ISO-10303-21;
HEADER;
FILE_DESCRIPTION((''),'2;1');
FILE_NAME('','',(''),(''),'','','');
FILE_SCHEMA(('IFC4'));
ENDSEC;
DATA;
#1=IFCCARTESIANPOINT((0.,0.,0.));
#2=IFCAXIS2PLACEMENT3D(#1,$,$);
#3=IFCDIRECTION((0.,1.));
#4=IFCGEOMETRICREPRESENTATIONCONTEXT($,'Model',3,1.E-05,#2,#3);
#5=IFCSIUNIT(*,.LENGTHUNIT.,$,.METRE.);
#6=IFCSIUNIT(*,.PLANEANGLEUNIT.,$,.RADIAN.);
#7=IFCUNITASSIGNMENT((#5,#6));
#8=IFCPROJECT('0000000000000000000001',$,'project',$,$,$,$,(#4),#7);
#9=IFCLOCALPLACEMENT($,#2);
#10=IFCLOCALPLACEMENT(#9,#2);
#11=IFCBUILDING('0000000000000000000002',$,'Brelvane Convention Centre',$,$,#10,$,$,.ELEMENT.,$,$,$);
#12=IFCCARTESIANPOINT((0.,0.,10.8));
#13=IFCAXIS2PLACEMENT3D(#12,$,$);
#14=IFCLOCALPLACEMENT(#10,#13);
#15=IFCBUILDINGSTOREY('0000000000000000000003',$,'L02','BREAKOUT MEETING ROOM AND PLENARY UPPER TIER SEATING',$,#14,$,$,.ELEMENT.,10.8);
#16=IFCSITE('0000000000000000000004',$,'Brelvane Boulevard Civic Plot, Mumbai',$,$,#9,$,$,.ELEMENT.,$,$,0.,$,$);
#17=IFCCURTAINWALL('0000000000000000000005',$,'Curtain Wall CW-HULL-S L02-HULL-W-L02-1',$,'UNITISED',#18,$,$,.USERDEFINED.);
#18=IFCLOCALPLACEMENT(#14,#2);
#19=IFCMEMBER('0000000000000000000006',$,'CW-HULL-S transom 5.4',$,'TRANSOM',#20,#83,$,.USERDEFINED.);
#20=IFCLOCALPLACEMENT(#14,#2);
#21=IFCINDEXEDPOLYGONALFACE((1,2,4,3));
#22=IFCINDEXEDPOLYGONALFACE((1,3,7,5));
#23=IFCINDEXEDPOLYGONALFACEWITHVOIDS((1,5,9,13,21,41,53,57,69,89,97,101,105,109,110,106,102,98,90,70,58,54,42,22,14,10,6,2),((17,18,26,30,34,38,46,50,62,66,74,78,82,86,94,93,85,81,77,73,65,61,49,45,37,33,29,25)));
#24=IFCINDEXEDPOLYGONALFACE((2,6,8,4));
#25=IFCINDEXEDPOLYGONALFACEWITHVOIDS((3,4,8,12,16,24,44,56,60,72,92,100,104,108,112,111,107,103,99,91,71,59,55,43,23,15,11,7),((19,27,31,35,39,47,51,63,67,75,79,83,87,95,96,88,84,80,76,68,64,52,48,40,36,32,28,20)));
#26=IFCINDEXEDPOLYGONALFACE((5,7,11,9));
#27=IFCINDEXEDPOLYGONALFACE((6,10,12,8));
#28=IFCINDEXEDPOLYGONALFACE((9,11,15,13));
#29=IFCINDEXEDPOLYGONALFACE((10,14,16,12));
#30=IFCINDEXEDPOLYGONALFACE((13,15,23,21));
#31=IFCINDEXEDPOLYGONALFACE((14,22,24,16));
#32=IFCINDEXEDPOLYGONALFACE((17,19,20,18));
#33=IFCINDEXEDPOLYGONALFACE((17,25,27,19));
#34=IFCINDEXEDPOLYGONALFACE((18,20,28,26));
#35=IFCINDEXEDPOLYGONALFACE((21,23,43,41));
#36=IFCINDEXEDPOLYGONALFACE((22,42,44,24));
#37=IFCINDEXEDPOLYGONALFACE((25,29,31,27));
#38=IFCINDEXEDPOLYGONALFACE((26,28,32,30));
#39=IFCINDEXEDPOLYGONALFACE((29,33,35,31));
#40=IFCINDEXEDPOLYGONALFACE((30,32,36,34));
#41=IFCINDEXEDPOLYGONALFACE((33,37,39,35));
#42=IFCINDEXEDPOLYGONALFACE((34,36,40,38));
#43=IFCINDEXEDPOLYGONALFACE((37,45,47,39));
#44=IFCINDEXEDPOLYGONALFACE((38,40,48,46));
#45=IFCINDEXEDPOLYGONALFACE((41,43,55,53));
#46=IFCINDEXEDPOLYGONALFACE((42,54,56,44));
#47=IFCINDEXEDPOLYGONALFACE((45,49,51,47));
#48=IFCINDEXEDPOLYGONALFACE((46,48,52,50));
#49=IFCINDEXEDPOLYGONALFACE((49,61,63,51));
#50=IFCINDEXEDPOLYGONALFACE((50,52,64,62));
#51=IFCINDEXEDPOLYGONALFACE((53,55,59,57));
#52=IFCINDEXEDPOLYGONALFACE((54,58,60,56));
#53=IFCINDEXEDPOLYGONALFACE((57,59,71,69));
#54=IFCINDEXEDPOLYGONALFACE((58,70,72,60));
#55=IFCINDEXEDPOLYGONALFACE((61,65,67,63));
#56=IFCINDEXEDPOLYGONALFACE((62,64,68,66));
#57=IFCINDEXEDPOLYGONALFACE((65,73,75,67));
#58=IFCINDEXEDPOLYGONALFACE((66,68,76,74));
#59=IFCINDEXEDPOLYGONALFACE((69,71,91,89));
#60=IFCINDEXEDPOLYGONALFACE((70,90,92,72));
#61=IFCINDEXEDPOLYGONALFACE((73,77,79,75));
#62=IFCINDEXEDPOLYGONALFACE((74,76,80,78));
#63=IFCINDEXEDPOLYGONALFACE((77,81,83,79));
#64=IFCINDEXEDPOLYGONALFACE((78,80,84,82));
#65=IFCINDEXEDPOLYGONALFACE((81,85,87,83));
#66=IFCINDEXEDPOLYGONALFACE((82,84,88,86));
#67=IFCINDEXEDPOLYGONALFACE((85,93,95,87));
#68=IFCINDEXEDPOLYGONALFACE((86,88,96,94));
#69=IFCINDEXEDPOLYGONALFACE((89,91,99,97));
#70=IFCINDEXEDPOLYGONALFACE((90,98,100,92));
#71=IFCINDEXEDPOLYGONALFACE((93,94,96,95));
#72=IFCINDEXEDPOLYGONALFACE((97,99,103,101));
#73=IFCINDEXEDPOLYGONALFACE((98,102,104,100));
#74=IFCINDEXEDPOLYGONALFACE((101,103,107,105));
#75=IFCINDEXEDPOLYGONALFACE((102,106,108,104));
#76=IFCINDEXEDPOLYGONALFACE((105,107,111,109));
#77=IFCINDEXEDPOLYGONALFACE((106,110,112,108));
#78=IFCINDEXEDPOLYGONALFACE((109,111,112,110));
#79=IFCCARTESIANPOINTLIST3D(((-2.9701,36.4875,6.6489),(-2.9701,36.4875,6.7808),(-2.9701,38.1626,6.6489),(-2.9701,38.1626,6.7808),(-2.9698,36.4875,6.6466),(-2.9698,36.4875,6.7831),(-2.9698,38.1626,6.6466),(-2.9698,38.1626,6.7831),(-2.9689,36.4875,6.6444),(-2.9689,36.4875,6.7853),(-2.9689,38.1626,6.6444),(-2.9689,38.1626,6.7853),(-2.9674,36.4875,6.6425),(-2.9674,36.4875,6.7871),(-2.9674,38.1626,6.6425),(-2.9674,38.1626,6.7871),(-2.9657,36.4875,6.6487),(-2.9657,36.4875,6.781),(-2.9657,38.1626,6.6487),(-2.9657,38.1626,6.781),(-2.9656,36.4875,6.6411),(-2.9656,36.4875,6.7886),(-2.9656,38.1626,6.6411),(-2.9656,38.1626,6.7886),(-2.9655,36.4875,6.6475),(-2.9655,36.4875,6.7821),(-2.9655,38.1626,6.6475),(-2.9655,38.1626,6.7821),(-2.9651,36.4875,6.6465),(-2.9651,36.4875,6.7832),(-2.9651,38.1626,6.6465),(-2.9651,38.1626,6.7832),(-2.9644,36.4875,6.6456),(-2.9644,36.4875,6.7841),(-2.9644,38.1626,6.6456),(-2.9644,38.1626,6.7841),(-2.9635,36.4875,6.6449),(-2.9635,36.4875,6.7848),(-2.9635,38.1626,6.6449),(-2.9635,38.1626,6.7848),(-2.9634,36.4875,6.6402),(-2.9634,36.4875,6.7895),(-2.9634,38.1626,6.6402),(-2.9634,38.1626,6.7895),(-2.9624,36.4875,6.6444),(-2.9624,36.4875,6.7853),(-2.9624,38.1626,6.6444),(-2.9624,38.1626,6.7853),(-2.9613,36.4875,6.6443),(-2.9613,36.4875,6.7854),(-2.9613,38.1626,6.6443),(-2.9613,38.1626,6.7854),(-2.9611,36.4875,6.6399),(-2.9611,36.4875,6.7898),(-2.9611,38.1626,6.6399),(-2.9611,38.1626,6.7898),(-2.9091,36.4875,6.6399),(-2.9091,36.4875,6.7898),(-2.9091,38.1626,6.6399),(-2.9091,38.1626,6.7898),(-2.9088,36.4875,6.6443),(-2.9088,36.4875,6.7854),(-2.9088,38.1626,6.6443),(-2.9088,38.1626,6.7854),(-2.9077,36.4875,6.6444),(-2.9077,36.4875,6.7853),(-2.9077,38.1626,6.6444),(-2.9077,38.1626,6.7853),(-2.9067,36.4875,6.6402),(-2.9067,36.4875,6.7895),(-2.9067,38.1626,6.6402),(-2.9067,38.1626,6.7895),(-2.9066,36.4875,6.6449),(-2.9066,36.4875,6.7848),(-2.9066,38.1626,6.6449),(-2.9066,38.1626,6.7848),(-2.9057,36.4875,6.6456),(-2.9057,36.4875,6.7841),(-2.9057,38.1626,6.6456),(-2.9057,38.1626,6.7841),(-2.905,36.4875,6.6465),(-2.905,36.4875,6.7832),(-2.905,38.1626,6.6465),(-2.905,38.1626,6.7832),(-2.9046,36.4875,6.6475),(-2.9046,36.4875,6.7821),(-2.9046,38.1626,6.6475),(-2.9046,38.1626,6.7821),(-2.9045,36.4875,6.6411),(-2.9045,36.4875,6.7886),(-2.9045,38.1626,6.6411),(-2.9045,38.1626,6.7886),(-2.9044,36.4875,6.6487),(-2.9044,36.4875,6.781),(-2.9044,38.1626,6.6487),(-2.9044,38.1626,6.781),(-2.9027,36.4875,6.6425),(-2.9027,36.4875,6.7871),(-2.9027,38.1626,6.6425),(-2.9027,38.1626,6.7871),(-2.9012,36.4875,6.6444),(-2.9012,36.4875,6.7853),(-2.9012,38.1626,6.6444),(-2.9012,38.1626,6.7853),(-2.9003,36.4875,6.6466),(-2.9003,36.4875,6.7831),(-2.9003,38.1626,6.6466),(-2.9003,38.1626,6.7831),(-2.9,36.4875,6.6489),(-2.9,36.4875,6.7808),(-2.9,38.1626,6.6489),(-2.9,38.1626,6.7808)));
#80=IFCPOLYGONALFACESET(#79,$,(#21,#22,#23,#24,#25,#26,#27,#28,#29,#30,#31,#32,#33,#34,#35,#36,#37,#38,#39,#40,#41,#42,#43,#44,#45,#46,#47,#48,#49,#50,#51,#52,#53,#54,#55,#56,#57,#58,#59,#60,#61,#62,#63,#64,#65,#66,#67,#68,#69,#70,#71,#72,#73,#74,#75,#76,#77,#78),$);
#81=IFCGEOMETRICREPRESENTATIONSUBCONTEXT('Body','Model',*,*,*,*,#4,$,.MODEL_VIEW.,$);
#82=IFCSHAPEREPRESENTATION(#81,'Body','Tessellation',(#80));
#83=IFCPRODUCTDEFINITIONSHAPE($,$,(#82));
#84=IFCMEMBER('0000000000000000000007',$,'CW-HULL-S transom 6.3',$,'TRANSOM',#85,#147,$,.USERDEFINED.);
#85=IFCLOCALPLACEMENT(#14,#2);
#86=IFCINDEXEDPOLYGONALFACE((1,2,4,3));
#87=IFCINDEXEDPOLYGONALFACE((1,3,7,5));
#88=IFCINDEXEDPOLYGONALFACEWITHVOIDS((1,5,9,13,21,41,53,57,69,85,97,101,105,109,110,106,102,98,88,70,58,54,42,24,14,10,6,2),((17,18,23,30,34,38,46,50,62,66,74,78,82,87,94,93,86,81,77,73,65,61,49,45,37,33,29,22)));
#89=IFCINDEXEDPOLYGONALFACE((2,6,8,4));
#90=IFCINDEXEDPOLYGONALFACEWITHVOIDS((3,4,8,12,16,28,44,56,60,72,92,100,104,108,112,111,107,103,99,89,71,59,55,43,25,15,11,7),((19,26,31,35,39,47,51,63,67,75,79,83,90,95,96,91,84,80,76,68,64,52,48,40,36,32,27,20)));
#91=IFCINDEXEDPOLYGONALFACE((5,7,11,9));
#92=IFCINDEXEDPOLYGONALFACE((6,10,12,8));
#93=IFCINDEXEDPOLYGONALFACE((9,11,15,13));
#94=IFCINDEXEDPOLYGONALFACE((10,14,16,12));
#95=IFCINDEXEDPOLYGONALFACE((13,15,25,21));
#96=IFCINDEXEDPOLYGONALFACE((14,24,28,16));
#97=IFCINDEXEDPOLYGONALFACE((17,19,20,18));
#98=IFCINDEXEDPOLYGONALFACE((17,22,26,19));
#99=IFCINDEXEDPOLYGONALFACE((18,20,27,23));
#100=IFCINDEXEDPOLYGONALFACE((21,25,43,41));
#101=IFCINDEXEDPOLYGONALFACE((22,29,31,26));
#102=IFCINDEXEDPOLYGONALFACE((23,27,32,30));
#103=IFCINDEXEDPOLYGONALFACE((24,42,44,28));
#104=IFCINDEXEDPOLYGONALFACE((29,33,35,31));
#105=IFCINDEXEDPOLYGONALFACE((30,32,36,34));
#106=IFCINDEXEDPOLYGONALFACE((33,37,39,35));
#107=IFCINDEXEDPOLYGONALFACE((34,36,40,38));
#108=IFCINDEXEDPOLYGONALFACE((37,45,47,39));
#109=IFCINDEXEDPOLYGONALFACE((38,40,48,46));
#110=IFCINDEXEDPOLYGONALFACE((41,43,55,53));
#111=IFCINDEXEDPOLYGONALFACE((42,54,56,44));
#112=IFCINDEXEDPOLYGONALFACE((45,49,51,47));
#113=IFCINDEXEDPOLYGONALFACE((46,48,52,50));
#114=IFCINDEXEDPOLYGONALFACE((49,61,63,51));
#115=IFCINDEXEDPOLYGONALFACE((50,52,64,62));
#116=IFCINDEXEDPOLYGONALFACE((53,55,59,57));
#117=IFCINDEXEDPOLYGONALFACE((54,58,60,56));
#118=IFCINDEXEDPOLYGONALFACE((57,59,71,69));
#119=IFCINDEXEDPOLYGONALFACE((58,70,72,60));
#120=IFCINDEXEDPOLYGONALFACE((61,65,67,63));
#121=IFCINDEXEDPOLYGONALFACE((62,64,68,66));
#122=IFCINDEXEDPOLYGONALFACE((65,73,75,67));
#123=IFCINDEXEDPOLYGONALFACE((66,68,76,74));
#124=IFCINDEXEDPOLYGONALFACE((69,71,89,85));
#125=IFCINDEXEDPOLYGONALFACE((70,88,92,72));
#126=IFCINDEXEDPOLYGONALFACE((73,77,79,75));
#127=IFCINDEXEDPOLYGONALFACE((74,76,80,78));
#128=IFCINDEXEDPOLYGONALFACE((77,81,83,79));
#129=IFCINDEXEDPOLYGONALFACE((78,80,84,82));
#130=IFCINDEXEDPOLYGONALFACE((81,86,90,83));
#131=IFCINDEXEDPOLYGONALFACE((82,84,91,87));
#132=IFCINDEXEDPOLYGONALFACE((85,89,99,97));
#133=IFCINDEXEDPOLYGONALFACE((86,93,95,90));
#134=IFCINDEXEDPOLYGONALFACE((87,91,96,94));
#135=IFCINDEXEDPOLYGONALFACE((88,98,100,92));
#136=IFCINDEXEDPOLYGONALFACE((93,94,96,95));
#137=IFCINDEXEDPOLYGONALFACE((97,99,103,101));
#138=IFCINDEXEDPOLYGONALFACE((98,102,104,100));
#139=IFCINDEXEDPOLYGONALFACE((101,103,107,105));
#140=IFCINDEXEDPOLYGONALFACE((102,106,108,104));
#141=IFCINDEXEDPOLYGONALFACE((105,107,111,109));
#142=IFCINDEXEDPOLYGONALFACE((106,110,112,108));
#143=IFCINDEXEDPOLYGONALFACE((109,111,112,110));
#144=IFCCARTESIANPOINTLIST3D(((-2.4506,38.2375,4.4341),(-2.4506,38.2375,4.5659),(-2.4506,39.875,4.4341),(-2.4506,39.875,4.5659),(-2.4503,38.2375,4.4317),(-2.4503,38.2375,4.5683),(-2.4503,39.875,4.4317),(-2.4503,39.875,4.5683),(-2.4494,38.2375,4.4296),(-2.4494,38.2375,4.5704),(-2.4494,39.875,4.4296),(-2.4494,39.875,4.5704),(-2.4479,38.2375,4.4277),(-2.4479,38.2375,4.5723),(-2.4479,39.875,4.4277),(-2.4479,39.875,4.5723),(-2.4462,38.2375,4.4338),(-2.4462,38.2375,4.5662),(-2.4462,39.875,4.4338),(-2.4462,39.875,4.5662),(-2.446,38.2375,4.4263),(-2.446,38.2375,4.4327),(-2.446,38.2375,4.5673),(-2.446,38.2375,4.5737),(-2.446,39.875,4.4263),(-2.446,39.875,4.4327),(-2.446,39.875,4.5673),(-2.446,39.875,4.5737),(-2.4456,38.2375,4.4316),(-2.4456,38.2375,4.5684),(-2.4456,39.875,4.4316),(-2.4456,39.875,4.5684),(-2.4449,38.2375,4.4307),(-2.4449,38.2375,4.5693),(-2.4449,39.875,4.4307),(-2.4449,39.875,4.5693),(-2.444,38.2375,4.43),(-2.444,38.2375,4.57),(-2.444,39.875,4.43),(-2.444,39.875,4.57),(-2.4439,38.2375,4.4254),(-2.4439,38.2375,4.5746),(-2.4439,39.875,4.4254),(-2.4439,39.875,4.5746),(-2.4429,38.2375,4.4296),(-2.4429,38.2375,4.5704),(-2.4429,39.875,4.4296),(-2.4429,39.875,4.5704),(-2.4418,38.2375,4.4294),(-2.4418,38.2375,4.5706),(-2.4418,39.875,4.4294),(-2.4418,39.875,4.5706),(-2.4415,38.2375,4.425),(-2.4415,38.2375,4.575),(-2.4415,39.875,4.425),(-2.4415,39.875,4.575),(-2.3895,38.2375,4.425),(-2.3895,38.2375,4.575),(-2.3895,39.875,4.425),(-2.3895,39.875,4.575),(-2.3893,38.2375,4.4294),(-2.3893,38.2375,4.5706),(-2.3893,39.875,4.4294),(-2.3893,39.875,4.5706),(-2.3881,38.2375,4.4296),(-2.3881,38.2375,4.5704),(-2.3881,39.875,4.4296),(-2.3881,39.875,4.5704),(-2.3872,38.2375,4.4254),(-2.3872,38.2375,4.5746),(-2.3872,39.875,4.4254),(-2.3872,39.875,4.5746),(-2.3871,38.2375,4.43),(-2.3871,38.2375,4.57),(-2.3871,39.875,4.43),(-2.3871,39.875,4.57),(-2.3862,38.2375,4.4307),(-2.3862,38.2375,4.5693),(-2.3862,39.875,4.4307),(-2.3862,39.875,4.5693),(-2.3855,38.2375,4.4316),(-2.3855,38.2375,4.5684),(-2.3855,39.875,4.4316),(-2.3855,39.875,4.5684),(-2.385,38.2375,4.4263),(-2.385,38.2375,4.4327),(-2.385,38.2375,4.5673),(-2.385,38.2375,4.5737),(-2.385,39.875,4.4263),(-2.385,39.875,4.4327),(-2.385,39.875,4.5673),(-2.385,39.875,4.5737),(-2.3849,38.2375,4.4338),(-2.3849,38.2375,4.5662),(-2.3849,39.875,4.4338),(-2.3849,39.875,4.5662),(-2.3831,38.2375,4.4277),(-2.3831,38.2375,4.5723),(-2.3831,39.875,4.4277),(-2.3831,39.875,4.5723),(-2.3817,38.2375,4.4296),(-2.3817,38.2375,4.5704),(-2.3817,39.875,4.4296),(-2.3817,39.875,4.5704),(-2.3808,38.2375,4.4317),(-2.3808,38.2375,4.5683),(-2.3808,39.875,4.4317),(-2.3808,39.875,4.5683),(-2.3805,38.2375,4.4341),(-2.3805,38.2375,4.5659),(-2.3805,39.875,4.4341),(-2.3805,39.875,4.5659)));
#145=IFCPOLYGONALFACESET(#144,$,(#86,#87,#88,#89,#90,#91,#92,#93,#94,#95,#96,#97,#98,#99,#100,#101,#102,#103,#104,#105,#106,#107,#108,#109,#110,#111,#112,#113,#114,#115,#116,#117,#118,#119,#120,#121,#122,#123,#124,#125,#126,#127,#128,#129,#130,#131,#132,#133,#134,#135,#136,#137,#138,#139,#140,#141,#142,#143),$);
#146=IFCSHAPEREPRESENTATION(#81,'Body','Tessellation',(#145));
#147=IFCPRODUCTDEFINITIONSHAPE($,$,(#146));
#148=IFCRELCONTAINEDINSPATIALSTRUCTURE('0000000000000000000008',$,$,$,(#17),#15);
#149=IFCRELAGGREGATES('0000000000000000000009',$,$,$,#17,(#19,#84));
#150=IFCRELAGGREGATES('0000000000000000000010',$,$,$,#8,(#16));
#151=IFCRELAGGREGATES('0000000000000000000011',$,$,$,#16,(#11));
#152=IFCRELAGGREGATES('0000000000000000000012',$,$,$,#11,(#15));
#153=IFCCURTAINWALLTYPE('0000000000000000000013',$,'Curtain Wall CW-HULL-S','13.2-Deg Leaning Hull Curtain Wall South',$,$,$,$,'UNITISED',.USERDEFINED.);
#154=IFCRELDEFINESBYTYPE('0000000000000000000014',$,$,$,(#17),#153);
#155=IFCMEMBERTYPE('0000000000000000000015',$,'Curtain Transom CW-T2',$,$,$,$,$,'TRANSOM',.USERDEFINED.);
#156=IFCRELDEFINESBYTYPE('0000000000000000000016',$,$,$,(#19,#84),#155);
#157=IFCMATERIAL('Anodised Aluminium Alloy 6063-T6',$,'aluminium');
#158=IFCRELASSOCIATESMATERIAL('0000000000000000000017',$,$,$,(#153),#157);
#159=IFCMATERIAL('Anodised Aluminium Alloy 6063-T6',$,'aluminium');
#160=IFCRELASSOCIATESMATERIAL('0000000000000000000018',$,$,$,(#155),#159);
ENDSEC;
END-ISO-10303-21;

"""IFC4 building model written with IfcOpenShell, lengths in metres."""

from ifc_helpers import new_model, si_unit, direction, frame, origin, origin_2d, place, context, subcontext, project, spatial, hollow_rectangle, extrude, material, material_profile, profile_set, type_object, element, aggregate, save


model = new_model("IFC4")

# Units and contexts
model_context = context("Model", 3, precision=1e-05, world=origin(), true_north=direction((0.0, 1.0)))
body_context = subcontext(model_context, "Body", "Model", "MODEL_VIEW")
ifc_project = project(units=[si_unit("LENGTHUNIT", "METRE"), si_unit("PLANEANGLEUNIT", "RADIAN")], contexts=[model_context])

# Site, building, storey
site_placement = place(None, origin())
site = spatial("IfcSite", under=ifc_project, at=site_placement, Name="Brelvane Boulevard Civic Plot, Mumbai", CompositionType="ELEMENT", RefElevation=0.0)
building_placement = place(site_placement, origin())
building = spatial("IfcBuilding", under=site, at=building_placement, Name="Brelvane Convention Centre", CompositionType="ELEMENT")
storey_placement = place(building_placement, frame((0.0, 0.0, 10.8)))
storey = spatial("IfcBuildingStorey", under=building, at=storey_placement, Name="L02", Description="BREAKOUT MEETING ROOM AND PLENARY UPPER TIER SEATING", CompositionType="ELEMENT", Elevation=10.8)

# Curtain wall, members
ifc_material_1 = material(Name="Anodised Aluminium Alloy 6063-T6", Category="aluminium")
curtain_wall_type = type_object("IfcCurtainWallType", Name="Curtain Wall CW-HULL-S", Description="13.2-Deg Leaning Hull Curtain Wall South", ElementType="UNITISED", PredefinedType="USERDEFINED", material=ifc_material_1)
curtain_wall_1_placement = place(storey_placement, origin())
curtain_wall_1 = element("IfcCurtainWall", 1, at=curtain_wall_1_placement, inside=storey, type_object=curtain_wall_type, Name="Curtain Wall CW-HULL-S L02-HULL-W-L02-1", ObjectType="UNITISED", PredefinedType="USERDEFINED")
ifc_material_2 = material(Name="Anodised Aluminium Alloy 6063-T6", Category="aluminium")
ifc_material_profile = material_profile(ifc_material_2, hollow_rectangle(XDim=0.0701, YDim=0.1499, WallThickness=0.0044, InnerFilletRadius=0.0044, OuterFilletRadius=0.009, at=origin_2d()), Name="ALU-T 150x70x4.5")
ifc_profile_set = profile_set([ifc_material_profile], Name="Anodised Aluminium Alloy 6063-T6")
member_type = type_object("IfcMemberType", Name="Curtain Transom CW-T2", ElementType="TRANSOM", PredefinedType="USERDEFINED", material=ifc_profile_set)
member_1_placement = place(storey_placement, frame((-2.9351, 36.4875, 6.7148), z_axis=(0.0, 1.0, 0.0), x_axis=(-1.0, 0.0, 0.0)))
member_1 = element("IfcMember", 2, at=member_1_placement, type_object=member_type, Name="CW-HULL-S transom 5.4", ObjectType="TRANSOM", PredefinedType="USERDEFINED", context=body_context, shape_type="SweptSolid", body=[
    extrude(hollow_rectangle(XDim=0.0701, YDim=0.1499, WallThickness=0.0044, InnerFilletRadius=0.0044, OuterFilletRadius=0.009, at=origin_2d()), origin(), (0.0, 0.0, 1.0), 1.675),
])
member_2_placement = place(storey_placement, frame((-2.4155, 38.2375, 4.5), z_axis=(0.0, 1.0, 0.0), x_axis=(-1.0, 0.0, 0.0)))
member_2 = element("IfcMember", 3, at=member_2_placement, type_object=member_type, Name="CW-HULL-S transom 6.3", ObjectType="TRANSOM", PredefinedType="USERDEFINED", context=body_context, shape_type="SweptSolid", body=[
    extrude(hollow_rectangle(XDim=0.0701, YDim=0.1499, WallThickness=0.0044, InnerFilletRadius=0.0044, OuterFilletRadius=0.009, at=origin_2d()), origin(), (0.0, 0.0, 1.0), 1.6375),
])

aggregate(curtain_wall_1, [member_1, member_2])

save(model, "model.ifc")
